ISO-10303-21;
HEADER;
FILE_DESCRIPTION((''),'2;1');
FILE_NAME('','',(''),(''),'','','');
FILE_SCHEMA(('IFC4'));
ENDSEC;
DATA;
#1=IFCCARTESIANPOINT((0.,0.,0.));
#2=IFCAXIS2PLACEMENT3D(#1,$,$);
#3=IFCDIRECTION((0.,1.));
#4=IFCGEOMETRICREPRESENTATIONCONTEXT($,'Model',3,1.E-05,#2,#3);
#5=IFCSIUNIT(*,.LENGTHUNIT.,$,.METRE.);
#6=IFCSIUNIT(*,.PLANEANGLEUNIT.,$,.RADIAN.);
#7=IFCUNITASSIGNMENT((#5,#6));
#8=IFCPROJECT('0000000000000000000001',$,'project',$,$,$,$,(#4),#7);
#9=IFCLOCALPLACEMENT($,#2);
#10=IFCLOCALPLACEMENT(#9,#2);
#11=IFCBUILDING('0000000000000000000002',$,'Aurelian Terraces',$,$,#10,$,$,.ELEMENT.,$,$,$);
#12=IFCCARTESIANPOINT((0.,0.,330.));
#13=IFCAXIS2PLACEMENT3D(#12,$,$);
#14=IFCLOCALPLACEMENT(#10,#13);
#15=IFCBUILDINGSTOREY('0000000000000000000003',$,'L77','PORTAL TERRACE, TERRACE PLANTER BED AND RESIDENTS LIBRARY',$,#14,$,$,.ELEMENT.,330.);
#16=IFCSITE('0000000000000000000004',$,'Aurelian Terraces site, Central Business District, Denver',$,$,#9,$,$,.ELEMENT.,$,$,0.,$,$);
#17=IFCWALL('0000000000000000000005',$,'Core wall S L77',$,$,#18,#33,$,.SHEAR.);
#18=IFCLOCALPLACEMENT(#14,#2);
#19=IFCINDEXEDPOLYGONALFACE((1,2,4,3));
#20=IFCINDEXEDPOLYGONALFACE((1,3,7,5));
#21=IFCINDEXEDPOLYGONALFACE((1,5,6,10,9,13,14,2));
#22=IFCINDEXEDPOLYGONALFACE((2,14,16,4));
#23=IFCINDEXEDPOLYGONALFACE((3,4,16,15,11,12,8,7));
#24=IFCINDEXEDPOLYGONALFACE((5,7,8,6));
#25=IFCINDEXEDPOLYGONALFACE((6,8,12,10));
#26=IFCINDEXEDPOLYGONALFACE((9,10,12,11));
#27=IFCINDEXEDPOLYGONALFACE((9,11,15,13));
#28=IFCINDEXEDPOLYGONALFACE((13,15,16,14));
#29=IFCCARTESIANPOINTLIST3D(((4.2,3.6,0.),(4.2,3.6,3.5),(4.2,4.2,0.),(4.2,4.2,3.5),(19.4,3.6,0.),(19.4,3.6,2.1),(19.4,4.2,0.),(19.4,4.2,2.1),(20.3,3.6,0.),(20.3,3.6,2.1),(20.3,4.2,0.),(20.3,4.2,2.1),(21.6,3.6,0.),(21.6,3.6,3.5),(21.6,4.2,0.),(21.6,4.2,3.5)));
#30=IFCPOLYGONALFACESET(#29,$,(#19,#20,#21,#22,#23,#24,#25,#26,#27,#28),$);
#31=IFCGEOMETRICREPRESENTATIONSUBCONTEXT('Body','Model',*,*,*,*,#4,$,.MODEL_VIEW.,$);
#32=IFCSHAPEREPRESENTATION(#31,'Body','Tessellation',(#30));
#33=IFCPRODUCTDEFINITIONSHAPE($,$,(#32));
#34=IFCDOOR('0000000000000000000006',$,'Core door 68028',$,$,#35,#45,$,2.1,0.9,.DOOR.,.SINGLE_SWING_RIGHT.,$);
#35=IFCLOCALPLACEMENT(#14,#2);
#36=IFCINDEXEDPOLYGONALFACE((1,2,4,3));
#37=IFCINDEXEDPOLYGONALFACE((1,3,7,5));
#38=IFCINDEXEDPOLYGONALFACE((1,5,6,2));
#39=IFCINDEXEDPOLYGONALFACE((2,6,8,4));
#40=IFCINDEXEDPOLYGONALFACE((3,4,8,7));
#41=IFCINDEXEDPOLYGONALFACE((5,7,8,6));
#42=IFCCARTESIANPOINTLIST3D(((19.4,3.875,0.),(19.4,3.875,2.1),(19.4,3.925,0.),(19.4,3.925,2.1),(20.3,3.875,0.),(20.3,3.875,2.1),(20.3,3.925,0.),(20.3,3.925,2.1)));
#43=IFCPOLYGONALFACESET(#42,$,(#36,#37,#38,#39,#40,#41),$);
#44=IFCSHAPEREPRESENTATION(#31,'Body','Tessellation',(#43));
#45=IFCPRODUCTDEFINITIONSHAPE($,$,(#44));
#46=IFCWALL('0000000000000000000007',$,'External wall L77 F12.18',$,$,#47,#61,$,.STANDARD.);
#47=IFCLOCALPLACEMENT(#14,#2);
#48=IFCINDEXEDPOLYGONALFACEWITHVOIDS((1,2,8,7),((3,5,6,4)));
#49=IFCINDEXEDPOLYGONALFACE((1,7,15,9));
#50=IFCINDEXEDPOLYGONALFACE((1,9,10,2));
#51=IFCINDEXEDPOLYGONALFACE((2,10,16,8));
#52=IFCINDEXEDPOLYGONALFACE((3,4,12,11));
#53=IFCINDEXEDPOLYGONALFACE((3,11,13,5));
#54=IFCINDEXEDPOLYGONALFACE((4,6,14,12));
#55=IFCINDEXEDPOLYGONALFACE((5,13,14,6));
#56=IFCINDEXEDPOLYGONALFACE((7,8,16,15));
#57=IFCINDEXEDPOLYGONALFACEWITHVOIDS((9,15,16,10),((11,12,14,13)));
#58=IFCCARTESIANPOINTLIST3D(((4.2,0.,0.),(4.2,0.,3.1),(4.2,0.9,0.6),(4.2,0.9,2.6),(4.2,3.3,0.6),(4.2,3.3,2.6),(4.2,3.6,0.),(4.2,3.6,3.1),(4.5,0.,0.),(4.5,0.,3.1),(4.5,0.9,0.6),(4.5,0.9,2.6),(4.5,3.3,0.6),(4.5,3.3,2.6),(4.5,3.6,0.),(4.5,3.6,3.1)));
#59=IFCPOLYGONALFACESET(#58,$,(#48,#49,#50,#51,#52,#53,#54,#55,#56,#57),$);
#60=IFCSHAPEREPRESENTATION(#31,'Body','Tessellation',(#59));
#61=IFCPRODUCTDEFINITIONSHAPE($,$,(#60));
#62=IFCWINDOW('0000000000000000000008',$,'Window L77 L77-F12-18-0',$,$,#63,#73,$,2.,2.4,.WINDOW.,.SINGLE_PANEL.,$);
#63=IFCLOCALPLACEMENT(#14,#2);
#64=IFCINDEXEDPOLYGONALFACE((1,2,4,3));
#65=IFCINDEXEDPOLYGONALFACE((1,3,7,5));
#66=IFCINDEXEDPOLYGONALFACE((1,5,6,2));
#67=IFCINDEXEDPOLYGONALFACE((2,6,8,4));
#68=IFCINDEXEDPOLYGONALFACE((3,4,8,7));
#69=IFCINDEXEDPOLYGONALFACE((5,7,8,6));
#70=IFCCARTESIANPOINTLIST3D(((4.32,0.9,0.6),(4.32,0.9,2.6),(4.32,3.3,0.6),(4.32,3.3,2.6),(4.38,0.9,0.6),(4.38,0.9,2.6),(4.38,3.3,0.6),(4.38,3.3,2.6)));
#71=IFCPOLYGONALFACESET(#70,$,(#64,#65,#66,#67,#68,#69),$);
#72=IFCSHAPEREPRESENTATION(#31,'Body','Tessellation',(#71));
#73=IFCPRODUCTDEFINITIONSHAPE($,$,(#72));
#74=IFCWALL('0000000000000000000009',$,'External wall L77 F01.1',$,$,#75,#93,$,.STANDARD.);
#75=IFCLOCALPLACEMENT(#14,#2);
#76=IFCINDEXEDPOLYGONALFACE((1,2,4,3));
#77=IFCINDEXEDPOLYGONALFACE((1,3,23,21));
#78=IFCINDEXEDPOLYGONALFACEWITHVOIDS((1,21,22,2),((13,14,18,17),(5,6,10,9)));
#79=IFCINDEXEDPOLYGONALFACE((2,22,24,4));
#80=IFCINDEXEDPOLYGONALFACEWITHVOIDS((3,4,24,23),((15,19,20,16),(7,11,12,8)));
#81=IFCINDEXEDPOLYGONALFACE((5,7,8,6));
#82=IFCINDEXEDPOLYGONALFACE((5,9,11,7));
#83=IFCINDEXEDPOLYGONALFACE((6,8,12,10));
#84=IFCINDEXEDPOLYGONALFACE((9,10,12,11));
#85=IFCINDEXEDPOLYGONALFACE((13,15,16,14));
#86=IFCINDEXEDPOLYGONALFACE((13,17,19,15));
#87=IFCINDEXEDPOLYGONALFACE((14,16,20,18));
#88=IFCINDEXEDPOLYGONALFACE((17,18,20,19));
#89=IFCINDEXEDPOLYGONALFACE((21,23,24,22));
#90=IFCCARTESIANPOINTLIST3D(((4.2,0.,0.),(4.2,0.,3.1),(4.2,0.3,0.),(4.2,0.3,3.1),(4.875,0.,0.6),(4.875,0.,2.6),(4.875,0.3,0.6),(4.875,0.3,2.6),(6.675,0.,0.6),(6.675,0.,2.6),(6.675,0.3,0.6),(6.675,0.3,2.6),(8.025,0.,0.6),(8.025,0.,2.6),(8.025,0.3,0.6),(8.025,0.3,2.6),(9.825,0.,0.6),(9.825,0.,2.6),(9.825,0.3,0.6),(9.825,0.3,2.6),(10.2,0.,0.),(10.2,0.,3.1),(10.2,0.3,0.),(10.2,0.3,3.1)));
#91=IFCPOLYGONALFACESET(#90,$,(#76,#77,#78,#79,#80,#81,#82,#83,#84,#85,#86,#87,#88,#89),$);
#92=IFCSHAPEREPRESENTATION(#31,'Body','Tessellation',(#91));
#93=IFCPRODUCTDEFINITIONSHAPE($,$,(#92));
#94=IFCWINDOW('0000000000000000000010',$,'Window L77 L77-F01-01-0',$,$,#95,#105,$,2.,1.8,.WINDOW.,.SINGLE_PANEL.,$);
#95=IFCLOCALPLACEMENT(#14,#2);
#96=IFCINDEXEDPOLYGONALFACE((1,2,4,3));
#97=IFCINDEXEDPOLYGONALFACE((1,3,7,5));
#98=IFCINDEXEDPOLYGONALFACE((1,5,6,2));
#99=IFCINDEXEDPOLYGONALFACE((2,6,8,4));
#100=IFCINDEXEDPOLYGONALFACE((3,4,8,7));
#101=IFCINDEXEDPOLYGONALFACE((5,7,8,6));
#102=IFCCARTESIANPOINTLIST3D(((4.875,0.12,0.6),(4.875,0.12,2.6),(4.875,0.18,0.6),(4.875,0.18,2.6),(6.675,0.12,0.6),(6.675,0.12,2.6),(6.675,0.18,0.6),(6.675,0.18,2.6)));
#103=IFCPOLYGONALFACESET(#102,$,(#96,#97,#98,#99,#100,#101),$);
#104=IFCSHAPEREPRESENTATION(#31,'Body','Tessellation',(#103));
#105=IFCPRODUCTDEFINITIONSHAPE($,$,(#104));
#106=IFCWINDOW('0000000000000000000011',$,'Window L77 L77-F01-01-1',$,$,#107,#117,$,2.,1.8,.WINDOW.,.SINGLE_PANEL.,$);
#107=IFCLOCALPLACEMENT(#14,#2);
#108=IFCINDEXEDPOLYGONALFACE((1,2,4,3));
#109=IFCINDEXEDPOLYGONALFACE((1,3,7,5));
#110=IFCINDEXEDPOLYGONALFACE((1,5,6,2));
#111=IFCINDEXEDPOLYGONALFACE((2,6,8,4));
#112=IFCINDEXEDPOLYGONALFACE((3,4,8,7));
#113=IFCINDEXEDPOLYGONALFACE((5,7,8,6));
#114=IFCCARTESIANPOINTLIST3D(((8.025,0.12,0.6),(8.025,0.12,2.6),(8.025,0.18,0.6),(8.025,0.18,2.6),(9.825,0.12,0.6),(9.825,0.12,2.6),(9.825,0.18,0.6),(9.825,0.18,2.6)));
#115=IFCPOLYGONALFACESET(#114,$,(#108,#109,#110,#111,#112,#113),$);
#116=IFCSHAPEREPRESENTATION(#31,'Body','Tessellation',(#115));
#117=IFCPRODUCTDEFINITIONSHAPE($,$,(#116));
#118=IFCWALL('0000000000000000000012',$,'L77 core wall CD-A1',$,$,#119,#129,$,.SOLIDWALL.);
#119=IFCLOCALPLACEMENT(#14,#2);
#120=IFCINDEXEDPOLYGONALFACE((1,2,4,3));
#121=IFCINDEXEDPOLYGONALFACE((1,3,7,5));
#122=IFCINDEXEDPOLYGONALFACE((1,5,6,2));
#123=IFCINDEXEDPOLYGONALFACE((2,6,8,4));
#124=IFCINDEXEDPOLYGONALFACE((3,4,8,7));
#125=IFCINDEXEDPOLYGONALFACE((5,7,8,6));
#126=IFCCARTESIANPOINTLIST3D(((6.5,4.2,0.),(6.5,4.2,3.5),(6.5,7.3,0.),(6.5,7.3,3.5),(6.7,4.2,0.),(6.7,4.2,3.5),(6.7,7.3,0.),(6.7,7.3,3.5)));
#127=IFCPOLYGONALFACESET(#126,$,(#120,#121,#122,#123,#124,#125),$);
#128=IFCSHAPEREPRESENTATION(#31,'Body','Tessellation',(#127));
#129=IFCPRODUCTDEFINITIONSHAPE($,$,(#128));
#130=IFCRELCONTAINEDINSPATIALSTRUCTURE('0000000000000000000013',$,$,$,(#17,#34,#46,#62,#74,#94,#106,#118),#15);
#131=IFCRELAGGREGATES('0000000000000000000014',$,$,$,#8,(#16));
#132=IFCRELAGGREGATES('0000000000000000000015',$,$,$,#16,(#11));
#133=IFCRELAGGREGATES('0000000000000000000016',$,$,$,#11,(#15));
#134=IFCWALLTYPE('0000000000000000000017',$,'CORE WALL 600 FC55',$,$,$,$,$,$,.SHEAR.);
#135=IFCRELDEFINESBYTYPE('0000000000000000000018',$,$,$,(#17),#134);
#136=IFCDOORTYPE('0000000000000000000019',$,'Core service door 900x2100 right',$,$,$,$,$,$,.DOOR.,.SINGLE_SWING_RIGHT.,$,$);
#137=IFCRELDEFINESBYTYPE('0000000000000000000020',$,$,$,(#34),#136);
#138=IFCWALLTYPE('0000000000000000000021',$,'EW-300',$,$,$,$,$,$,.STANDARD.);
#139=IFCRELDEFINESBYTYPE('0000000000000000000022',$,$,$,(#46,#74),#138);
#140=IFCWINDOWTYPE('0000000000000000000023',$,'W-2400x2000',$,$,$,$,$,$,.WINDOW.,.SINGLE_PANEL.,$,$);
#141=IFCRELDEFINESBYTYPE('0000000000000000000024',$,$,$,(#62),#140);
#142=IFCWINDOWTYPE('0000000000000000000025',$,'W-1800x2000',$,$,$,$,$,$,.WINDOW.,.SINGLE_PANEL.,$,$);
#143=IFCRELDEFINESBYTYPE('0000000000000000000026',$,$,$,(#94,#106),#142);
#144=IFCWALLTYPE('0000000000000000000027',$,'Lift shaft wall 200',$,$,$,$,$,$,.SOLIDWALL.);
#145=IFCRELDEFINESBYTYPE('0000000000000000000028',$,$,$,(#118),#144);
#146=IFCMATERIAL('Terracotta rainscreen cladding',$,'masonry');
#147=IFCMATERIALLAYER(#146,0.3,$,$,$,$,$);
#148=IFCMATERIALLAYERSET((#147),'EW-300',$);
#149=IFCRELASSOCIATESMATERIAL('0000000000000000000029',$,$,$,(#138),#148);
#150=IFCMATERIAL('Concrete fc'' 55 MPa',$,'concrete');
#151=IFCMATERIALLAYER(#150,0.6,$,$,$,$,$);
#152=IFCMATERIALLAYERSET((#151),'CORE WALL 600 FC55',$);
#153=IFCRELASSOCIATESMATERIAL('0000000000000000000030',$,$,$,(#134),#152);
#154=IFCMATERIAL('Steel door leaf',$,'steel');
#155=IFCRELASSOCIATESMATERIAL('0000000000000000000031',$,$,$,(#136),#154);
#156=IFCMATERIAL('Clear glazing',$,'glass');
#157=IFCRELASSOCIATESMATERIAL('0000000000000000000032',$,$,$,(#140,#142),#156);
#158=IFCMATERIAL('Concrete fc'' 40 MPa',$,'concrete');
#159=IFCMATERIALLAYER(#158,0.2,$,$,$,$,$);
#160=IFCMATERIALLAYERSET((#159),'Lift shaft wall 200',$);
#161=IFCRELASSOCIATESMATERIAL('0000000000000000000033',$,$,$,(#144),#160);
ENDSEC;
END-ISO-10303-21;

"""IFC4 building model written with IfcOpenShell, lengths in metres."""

from ifc_helpers import new_model, si_unit, direction, frame, frame_2d, origin, place, context, subcontext, project, spatial, rectangle, extrude, source, transform, mapped, material, layer, layer_set, type_object, element, fill, save


model = new_model("IFC4")

# Units and contexts
model_context = context("Model", 3, precision=1e-05, world=origin(), true_north=direction((0.0, 1.0)))
body_context = subcontext(model_context, "Body", "Model", "MODEL_VIEW")
ifc_project = project(units=[si_unit("LENGTHUNIT", "METRE"), si_unit("PLANEANGLEUNIT", "RADIAN")], contexts=[model_context])

# Site, building, storey
site_placement = place(None, origin())
site = spatial("IfcSite", under=ifc_project, at=site_placement, Name="Aurelian Terraces site, Central Business District, Denver", CompositionType="ELEMENT", RefElevation=0.0)
building_placement = place(site_placement, origin())
building = spatial("IfcBuilding", under=site, at=building_placement, Name="Aurelian Terraces", CompositionType="ELEMENT")
storey_placement = place(building_placement, frame((0.0, 0.0, 330.0)))
storey = spatial("IfcBuildingStorey", under=building, at=storey_placement, Name="L77", Description="PORTAL TERRACE, TERRACE PLANTER BED AND RESIDENTS LIBRARY", CompositionType="ELEMENT", Elevation=330.0)

# Shared definitions
ifc_material_1 = material(Name="Concrete fc' 55 MPa", Category="concrete")

# Shared definitions
ifc_material_2 = material(Name="Concrete fc' 40 MPa", Category="concrete")

# Shared definitions
ifc_material_3 = material(Name="Terracotta rainscreen cladding", Category="masonry")
ifc_layer_1 = layer(ifc_material_3, 0.3)
ifc_layer_set_1 = layer_set([ifc_layer_1], Name="EW-300")
wall_type_1 = type_object("IfcWallType", Name="EW-300", PredefinedType="STANDARD", material=ifc_layer_set_1)
ifc_material_4 = material(Name="Clear glazing", Category="glass")

# Wall, opening, door
ifc_layer_2 = layer(ifc_material_1, 0.6)
ifc_layer_set_2 = layer_set([ifc_layer_2], Name="CORE WALL 600 FC55")
wall_type_2 = type_object("IfcWallType", Name="CORE WALL 600 FC55", PredefinedType="SHEAR", material=ifc_layer_set_2)
shared_shape_1 = source(origin(), body_context, "Body", "SweptSolid", [
    extrude(rectangle(XDim=17.4, YDim=0.6, at=frame_2d((8.7, 0.0))), origin(), (0.0, 0.0, 1.0), 3.5),
])
ifc_material_5 = material(Name="Steel door leaf", Category="steel")
wall_1_placement = place(storey_placement, frame((4.2, 3.9, 0.0), z_axis=(0.0, 0.0, 1.0), x_axis=(1.0, 0.0, 0.0)))
wall_1 = element("IfcWall", 1, at=wall_1_placement, inside=storey, type_object=wall_type_2, Name="Core wall S L77", PredefinedType="SHEAR", context=body_context, shape_type="MappedRepresentation", body=[
    mapped(shared_shape_1, transform((0.0, 0.0, 0.0), scale=1.0)),
])
shared_shape_2 = source(origin(), body_context, "Body", "SweptSolid", [
    extrude(rectangle(XDim=0.9, YDim=2.1, at=frame_2d((0.45, 1.05))), frame((0.0, 0.31, 0.0), z_axis=(0.0, -1.0, 0.0), x_axis=(1.0, 0.0, 0.0)), (0.0, 0.0, 1.0), 0.62),
])
opening_1_placement = place(wall_1_placement, frame((15.2, 0.0, 0.0)))
opening_1 = element("IfcOpeningElement", 2, at=opening_1_placement, cuts=wall_1, PredefinedType="OPENING", context=body_context, shape_type="MappedRepresentation", body=[
    mapped(shared_shape_2, transform((0.0, 0.0, 0.0), scale=1.0)),
])
door_type_1 = type_object("IfcDoorType", Name="Core service door 900x2100 right", OperationType="SINGLE_SWING_RIGHT", PredefinedType="DOOR", material=ifc_material_5)
shared_shape_3 = source(origin(), body_context, "Body", "SweptSolid", [
    extrude(rectangle(XDim=0.9, YDim=2.1, at=frame_2d((0.45, 1.05))), frame((0.0, 0.025, 0.0), z_axis=(0.0, -1.0, 0.0), x_axis=(1.0, 0.0, 0.0)), (0.0, 0.0, 1.0), 0.05),
])
door_1_placement = place(opening_1_placement, origin())
door_1 = element("IfcDoor", 3, at=door_1_placement, inside=storey, type_object=door_type_1, Name="Core door 68028", OperationType="SINGLE_SWING_RIGHT", OverallHeight=2.1, OverallWidth=0.9, PredefinedType="DOOR", context=body_context, shape_type="MappedRepresentation", body=[
    mapped(shared_shape_3, transform((0.0, 0.0, 0.0), scale=1.0)),
])
fill(opening_1, door_1)

# Wall, opening, window
shared_shape_4 = source(origin(), body_context, "Body", "SweptSolid", [
    extrude(rectangle(XDim=3.6, YDim=0.3, at=frame_2d((1.8, 0.0))), origin(), (0.0, 0.0, 1.0), 3.1),
])
wall_2_placement = place(storey_placement, frame((4.35, 3.6, 0.0), z_axis=(0.0, 0.0, 1.0), x_axis=(0.0, -1.0, 0.0)))
wall_2 = element("IfcWall", 4, at=wall_2_placement, inside=storey, type_object=wall_type_1, Name="External wall L77 F12.18", PredefinedType="STANDARD", context=body_context, shape_type="MappedRepresentation", body=[
    mapped(shared_shape_4, transform((0.0, 0.0, 0.0), scale=1.0)),
])
shared_shape_5 = source(origin(), body_context, "Body", "SweptSolid", [
    extrude(rectangle(XDim=2.4, YDim=2.0, at=frame_2d((1.2, 1.0))), frame((0.0, 0.16, 0.0), z_axis=(0.0, -1.0, 0.0), x_axis=(1.0, 0.0, 0.0)), (0.0, 0.0, 1.0), 0.32),
])
opening_2_placement = place(wall_2_placement, frame((0.3, 0.0, 0.6)))
opening_2 = element("IfcOpeningElement", 5, at=opening_2_placement, cuts=wall_2, PredefinedType="OPENING", context=body_context, shape_type="MappedRepresentation", body=[
    mapped(shared_shape_5, transform((0.0, 0.0, 0.0), scale=1.0)),
])
window_type_1 = type_object("IfcWindowType", Name="W-2400x2000", PartitioningType="SINGLE_PANEL", PredefinedType="WINDOW", material=ifc_material_4)
shared_shape_6 = source(origin(), body_context, "Body", "SweptSolid", [
    extrude(rectangle(XDim=2.4, YDim=2.0, at=frame_2d((1.2, 1.0))), frame((0.0, 0.03, 0.0), z_axis=(0.0, -1.0, 0.0), x_axis=(1.0, 0.0, 0.0)), (0.0, 0.0, 1.0), 0.06),
])
window_1_placement = place(opening_2_placement, origin())
window_1 = element("IfcWindow", 6, at=window_1_placement, inside=storey, type_object=window_type_1, Name="Window L77 L77-F12-18-0", OverallHeight=2.0, OverallWidth=2.4, PartitioningType="SINGLE_PANEL", PredefinedType="WINDOW", context=body_context, shape_type="MappedRepresentation", body=[
    mapped(shared_shape_6, transform((0.0, 0.0, 0.0), scale=1.0)),
])
fill(opening_2, window_1)

# Wall, openings, windows
shared_shape_7 = source(origin(), body_context, "Body", "SweptSolid", [
    extrude(rectangle(XDim=6.0, YDim=0.3, at=frame_2d((3.0, 0.0))), origin(), (0.0, 0.0, 1.0), 3.1),
])
wall_3_placement = place(storey_placement, frame((4.2, 0.15, 0.0), z_axis=(0.0, 0.0, 1.0), x_axis=(1.0, 0.0, 0.0)))
wall_3 = element("IfcWall", 7, at=wall_3_placement, inside=storey, type_object=wall_type_1, Name="External wall L77 F01.1", PredefinedType="STANDARD", context=body_context, shape_type="MappedRepresentation", body=[
    mapped(shared_shape_7, transform((0.0, 0.0, 0.0), scale=1.0)),
])
shared_shape_8 = source(origin(), body_context, "Body", "SweptSolid", [
    extrude(rectangle(XDim=1.8, YDim=2.0, at=frame_2d((0.9, 1.0))), frame((0.0, 0.16, 0.0), z_axis=(0.0, -1.0, 0.0), x_axis=(1.0, 0.0, 0.0)), (0.0, 0.0, 1.0), 0.32),
])
opening_3_placement = place(wall_3_placement, frame((0.675, 0.0, 0.6)))
opening_3 = element("IfcOpeningElement", 8, at=opening_3_placement, cuts=wall_3, PredefinedType="OPENING", context=body_context, shape_type="MappedRepresentation", body=[
    mapped(shared_shape_8, transform((0.0, 0.0, 0.0), scale=1.0)),
])
opening_4_placement = place(wall_3_placement, frame((3.825, 0.0, 0.6)))
opening_4 = element("IfcOpeningElement", 9, at=opening_4_placement, cuts=wall_3, PredefinedType="OPENING", context=body_context, shape_type="MappedRepresentation", body=[
    mapped(shared_shape_8, transform((0.0, 0.0, 0.0), scale=1.0)),
])
window_type_2 = type_object("IfcWindowType", Name="W-1800x2000", PartitioningType="SINGLE_PANEL", PredefinedType="WINDOW", material=ifc_material_4)
shared_shape_9 = source(origin(), body_context, "Body", "SweptSolid", [
    extrude(rectangle(XDim=1.8, YDim=2.0, at=frame_2d((0.9, 1.0))), frame((0.0, 0.03, 0.0), z_axis=(0.0, -1.0, 0.0), x_axis=(1.0, 0.0, 0.0)), (0.0, 0.0, 1.0), 0.06),
])
window_2_placement = place(opening_3_placement, origin())
window_2 = element("IfcWindow", 10, at=window_2_placement, inside=storey, type_object=window_type_2, Name="Window L77 L77-F01-01-0", OverallHeight=2.0, OverallWidth=1.8, PartitioningType="SINGLE_PANEL", PredefinedType="WINDOW", context=body_context, shape_type="MappedRepresentation", body=[
    mapped(shared_shape_9, transform((0.0, 0.0, 0.0), scale=1.0)),
])
fill(opening_3, window_2)
window_3_placement = place(opening_4_placement, origin())
window_3 = element("IfcWindow", 11, at=window_3_placement, inside=storey, type_object=window_type_2, Name="Window L77 L77-F01-01-1", OverallHeight=2.0, OverallWidth=1.8, PartitioningType="SINGLE_PANEL", PredefinedType="WINDOW", context=body_context, shape_type="MappedRepresentation", body=[
    mapped(shared_shape_9, transform((0.0, 0.0, 0.0), scale=1.0)),
])
fill(opening_4, window_3)

# Wall
ifc_layer_3 = layer(ifc_material_2, 0.2)
ifc_layer_set_3 = layer_set([ifc_layer_3], Name="Lift shaft wall 200")
wall_type_3 = type_object("IfcWallType", Name="Lift shaft wall 200", PredefinedType="SOLIDWALL", material=ifc_layer_set_3)
shared_shape_10 = source(origin(), body_context, "Body", "SweptSolid", [
    extrude(rectangle(XDim=3.1, YDim=0.2, at=frame_2d((1.55, 0.0))), origin(), (0.0, 0.0, 1.0), 3.5),
])
wall_4_placement = place(storey_placement, frame((6.6, 4.2, 0.0), z_axis=(0.0, 0.0, 1.0), x_axis=(0.0, 1.0, 0.0)))
element("IfcWall", 12, at=wall_4_placement, inside=storey, type_object=wall_type_3, Name="L77 core wall CD-A1", PredefinedType="SOLIDWALL", context=body_context, shape_type="MappedRepresentation", body=[
    mapped(shared_shape_10, transform((0.0, 0.0, 0.0), scale=1.0)),
])

save(model, "model.ifc")
